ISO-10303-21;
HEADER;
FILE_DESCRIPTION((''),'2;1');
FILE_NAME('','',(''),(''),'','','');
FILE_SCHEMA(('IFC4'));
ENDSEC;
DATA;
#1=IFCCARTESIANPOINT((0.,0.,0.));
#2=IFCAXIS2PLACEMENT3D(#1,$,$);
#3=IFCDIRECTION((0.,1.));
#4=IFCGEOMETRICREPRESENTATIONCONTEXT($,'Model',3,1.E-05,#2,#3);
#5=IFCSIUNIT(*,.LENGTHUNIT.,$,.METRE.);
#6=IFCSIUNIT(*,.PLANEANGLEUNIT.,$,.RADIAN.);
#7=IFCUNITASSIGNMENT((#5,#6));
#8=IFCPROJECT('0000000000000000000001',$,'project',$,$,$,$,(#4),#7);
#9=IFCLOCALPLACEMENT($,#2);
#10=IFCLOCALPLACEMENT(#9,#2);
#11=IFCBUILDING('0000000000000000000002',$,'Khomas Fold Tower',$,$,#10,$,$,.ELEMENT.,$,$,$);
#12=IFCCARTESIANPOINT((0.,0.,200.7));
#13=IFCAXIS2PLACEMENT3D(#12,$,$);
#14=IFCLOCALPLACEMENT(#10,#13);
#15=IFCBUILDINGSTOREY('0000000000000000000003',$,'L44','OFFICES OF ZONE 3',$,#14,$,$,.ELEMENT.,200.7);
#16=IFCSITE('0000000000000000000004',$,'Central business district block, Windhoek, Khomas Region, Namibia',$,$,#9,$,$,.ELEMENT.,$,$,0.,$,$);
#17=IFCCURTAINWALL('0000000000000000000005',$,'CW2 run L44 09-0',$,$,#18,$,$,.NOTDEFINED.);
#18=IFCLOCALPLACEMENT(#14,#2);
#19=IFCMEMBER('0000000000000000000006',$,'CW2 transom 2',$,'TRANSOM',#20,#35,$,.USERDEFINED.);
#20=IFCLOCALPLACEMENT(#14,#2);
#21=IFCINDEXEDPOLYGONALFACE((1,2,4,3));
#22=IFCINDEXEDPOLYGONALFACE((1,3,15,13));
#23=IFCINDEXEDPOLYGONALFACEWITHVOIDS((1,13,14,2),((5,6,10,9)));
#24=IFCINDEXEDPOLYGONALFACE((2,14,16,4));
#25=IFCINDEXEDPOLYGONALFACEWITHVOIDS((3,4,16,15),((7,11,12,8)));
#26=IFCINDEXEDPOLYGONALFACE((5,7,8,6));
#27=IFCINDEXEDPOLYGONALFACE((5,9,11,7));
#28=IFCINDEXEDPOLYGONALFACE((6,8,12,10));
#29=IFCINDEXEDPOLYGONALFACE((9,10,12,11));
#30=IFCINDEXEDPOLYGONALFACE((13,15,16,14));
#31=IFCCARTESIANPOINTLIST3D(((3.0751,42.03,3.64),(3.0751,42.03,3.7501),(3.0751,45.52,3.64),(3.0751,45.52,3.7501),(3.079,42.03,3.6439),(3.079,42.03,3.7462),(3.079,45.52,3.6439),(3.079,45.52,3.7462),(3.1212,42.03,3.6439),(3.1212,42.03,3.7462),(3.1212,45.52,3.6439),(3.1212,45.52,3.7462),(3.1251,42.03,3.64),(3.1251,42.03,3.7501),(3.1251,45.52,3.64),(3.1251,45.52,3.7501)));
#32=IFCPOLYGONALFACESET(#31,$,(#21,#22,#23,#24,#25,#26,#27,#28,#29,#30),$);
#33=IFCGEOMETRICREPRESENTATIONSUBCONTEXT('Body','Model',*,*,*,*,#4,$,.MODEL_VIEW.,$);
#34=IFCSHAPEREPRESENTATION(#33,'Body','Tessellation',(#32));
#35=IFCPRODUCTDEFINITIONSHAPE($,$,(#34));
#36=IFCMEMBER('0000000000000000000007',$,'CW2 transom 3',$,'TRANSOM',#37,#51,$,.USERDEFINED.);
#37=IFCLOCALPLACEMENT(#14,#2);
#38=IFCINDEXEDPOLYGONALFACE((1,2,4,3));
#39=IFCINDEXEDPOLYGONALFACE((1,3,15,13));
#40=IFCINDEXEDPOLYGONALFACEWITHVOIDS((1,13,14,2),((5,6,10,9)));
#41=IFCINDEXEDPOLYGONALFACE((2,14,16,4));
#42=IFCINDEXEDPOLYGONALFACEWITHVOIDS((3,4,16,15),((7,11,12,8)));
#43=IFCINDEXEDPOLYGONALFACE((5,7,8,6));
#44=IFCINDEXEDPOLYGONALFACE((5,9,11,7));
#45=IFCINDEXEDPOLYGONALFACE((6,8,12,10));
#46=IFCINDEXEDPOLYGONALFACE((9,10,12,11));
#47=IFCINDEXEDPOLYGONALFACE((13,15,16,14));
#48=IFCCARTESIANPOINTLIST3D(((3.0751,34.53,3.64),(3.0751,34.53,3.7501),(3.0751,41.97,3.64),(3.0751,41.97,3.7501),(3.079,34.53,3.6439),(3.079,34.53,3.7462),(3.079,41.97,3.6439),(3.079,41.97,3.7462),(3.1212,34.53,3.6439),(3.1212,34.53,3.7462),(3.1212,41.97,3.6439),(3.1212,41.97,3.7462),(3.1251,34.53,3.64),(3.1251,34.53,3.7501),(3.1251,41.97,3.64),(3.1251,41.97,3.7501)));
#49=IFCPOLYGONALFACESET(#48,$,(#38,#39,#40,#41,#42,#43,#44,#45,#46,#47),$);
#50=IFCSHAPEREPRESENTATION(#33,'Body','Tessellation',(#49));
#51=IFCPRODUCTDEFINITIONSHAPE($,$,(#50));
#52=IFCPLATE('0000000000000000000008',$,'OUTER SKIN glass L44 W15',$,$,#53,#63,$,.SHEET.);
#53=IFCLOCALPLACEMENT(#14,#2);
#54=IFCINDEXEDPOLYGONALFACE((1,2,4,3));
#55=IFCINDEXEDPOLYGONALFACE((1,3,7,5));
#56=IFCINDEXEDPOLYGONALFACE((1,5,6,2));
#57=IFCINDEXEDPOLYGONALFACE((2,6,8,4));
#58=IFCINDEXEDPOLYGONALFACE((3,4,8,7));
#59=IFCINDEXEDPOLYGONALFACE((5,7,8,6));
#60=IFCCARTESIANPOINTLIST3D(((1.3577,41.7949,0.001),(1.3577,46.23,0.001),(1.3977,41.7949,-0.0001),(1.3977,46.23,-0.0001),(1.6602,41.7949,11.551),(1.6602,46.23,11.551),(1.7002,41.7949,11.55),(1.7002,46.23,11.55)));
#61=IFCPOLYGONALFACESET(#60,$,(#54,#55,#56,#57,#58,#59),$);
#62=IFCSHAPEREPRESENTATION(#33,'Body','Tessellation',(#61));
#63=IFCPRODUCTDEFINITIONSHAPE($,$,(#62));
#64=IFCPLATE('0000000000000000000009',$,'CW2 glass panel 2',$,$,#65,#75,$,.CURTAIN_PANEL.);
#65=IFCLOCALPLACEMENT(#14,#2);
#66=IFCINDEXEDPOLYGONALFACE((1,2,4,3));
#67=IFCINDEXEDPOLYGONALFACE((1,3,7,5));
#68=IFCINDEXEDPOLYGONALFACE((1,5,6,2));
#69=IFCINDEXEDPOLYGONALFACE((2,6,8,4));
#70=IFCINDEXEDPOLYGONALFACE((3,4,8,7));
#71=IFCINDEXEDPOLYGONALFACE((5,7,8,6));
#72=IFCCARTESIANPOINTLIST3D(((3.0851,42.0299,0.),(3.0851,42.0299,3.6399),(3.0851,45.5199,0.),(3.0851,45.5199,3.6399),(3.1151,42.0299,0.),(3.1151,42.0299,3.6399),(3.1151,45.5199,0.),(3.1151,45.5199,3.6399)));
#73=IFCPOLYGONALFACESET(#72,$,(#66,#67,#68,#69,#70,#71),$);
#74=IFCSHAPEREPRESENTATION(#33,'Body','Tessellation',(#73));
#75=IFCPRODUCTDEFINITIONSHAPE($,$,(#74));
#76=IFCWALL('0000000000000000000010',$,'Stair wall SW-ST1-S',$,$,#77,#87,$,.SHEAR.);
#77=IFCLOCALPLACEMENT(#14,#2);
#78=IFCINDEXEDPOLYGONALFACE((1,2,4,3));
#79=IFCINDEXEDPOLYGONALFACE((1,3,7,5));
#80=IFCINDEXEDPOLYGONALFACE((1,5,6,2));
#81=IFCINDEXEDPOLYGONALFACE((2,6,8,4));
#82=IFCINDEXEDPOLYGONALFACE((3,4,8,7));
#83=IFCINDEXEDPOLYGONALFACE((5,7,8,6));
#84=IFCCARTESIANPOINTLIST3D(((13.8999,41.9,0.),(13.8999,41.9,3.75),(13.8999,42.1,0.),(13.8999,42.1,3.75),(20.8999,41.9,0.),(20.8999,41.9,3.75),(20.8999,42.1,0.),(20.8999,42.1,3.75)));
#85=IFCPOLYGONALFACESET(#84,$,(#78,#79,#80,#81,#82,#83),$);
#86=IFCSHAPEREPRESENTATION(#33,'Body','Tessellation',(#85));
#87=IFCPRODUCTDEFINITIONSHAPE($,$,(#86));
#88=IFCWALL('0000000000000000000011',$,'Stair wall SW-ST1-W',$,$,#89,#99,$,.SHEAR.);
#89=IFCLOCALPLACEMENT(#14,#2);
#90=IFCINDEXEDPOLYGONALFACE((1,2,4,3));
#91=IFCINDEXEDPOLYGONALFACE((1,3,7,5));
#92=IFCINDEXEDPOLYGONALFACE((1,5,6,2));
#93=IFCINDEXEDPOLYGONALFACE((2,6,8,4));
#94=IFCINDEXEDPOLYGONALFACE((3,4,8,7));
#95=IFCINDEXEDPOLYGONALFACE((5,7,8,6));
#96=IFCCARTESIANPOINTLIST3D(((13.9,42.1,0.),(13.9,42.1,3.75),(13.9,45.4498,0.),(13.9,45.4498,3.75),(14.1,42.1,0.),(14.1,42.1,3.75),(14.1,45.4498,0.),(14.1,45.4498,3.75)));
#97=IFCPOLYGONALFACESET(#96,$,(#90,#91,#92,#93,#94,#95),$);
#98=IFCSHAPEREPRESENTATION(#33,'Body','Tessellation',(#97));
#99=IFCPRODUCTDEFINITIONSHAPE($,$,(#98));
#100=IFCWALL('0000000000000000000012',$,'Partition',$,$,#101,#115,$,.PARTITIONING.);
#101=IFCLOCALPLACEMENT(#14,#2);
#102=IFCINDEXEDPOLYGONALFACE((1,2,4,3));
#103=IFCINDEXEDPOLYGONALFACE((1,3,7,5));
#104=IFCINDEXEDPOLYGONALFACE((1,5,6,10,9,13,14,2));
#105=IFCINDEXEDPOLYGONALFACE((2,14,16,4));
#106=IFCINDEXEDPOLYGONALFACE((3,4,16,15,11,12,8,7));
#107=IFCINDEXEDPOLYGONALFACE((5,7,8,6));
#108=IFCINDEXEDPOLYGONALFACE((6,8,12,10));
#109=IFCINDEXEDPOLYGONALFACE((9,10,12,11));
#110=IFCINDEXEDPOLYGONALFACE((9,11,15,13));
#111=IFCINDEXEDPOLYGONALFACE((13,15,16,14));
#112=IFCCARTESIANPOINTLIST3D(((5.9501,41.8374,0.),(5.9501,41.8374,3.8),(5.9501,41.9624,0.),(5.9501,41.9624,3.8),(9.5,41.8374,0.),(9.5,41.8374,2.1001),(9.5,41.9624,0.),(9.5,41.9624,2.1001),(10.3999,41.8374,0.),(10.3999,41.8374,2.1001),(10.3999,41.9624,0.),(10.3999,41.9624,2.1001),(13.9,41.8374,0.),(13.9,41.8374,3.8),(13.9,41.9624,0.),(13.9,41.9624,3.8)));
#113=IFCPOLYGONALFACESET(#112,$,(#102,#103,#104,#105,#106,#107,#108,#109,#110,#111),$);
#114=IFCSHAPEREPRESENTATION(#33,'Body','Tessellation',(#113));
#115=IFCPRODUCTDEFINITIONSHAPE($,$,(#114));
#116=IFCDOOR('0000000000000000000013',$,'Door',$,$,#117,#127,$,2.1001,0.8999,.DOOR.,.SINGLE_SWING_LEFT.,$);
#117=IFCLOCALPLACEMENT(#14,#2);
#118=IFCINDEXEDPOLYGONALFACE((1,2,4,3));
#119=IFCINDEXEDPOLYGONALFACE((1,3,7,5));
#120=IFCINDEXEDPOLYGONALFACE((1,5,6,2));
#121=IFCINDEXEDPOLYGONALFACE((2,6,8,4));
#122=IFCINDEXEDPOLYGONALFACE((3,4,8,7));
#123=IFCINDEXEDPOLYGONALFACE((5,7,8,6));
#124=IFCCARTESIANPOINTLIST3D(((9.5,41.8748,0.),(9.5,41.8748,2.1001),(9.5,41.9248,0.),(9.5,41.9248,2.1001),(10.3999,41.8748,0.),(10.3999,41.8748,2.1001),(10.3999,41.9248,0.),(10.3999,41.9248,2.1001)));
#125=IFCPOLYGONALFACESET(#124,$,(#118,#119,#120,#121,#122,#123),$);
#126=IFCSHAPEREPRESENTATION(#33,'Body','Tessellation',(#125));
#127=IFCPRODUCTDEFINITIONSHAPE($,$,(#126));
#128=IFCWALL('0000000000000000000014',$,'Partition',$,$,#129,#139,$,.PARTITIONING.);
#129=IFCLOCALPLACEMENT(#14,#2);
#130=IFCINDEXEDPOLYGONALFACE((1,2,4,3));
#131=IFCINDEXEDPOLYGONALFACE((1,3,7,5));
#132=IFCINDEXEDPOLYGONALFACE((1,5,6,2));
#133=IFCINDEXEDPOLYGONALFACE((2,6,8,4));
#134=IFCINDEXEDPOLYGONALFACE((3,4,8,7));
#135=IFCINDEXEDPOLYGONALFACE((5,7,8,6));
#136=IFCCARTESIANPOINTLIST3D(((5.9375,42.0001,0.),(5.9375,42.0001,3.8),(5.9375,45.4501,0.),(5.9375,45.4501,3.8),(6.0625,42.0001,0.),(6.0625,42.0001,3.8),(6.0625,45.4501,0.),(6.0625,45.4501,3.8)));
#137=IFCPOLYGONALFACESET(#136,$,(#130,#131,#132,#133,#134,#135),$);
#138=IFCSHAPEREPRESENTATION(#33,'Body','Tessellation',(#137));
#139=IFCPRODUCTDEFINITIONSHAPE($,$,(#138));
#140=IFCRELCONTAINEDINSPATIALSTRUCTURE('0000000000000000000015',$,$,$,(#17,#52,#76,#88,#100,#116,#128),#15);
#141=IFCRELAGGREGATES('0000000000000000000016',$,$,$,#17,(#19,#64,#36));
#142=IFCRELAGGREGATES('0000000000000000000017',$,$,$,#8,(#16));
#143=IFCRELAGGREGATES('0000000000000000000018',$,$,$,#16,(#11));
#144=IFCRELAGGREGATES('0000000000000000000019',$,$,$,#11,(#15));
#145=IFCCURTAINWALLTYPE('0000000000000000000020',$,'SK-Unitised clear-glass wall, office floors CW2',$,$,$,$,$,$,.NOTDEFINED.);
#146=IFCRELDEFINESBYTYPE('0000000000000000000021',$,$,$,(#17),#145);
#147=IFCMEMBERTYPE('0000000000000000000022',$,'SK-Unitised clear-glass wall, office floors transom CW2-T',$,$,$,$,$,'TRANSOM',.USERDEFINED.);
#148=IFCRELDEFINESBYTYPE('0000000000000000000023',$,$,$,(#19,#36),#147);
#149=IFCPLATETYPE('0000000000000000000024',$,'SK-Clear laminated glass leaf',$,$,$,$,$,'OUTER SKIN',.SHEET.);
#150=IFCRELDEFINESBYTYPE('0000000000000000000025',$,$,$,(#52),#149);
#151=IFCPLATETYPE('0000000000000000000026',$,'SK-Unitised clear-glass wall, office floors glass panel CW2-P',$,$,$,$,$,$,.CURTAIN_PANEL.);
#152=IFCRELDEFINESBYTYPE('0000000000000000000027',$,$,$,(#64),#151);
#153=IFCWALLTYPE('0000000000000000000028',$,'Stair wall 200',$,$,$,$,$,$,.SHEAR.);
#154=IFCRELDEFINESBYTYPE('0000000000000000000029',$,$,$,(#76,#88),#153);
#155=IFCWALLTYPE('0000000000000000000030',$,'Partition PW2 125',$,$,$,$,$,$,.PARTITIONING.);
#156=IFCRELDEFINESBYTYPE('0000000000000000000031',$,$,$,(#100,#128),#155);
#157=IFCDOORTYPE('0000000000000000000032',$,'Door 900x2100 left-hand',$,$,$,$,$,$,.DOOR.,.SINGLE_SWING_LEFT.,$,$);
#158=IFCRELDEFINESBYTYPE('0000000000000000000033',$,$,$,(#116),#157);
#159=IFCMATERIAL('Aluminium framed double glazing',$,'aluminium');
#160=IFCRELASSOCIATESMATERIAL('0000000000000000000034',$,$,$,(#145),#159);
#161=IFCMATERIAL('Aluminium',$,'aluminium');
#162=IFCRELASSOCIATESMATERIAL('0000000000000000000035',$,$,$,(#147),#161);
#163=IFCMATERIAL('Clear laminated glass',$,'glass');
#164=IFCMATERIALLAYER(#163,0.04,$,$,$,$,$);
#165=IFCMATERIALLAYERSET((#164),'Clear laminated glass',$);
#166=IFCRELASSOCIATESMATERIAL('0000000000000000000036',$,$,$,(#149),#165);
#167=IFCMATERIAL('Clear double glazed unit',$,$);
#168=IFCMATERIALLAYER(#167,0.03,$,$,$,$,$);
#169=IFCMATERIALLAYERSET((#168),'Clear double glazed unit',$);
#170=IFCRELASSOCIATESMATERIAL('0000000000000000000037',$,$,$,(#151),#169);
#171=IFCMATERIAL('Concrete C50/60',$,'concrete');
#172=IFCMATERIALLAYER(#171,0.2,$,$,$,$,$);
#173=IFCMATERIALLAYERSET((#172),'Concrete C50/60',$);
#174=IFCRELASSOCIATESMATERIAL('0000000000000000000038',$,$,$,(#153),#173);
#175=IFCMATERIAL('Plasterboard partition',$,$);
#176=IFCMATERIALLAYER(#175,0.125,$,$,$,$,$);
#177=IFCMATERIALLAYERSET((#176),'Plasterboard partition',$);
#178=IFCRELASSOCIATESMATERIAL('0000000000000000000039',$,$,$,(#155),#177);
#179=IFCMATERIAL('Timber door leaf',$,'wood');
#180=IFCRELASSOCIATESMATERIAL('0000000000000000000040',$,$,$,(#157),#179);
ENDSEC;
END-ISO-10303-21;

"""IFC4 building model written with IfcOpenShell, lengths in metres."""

from ifc_helpers import new_model, si_unit, direction, frame, frame_2d, origin, origin_2d, place, context, subcontext, project, spatial, polyline, rectangle, hollow_rectangle, outline, extrude, source, transform, mapped, material, layer, layer_set, material_profile, profile_set, type_object, element, fill, aggregate, save


model = new_model("IFC4")

# Units and contexts
model_context = context("Model", 3, precision=1e-05, world=origin(), true_north=direction((0.0, 1.0)))
body_context = subcontext(model_context, "Body", "Model", "MODEL_VIEW")
ifc_project = project(units=[si_unit("LENGTHUNIT", "METRE"), si_unit("PLANEANGLEUNIT", "RADIAN")], contexts=[model_context])

# Site, building, storey
site_placement = place(None, origin())
site = spatial("IfcSite", under=ifc_project, at=site_placement, Name="Central business district block, Windhoek, Khomas Region, Namibia", CompositionType="ELEMENT", RefElevation=0.0)
building_placement = place(site_placement, origin())
building = spatial("IfcBuilding", under=site, at=building_placement, Name="Khomas Fold Tower", CompositionType="ELEMENT")
storey_placement = place(building_placement, frame((0.0, 0.0, 200.7)))
storey = spatial("IfcBuildingStorey", under=building, at=storey_placement, Name="L44", Description="OFFICES OF ZONE 3", CompositionType="ELEMENT", Elevation=200.7)

# Curtain wall, members
ifc_material_1 = material(Name="Aluminium framed double glazing", Category="aluminium")
curtain_wall_type = type_object("IfcCurtainWallType", Name="SK-Unitised clear-glass wall, office floors CW2", PredefinedType="NOTDEFINED", material=ifc_material_1)
curtain_wall_placement = place(storey_placement, origin())
curtain_wall = element("IfcCurtainWall", 1, at=curtain_wall_placement, inside=storey, type_object=curtain_wall_type, Name="CW2 run L44 09-0", PredefinedType="NOTDEFINED")
ifc_material_2 = material(Name="Aluminium", Category="aluminium")
ifc_material_profile_1 = material_profile(ifc_material_2, hollow_rectangle(XDim=0.05, YDim=0.1101, WallThickness=0.0039, at=origin_2d()), Name="SK-Unitised clear-glass wall, office floors transom CW2-T")
ifc_profile_set_1 = profile_set([ifc_material_profile_1], Name="Aluminium")
member_type_1 = type_object("IfcMemberType", Name="SK-Unitised clear-glass wall, office floors transom CW2-T", ElementType="TRANSOM", PredefinedType="USERDEFINED", material=ifc_profile_set_1)
shared_shape_1 = source(origin(), body_context, "Body", "SweptSolid", [
    extrude(hollow_rectangle(XDim=0.05, YDim=0.1101, WallThickness=0.0039, at=origin_2d()), origin(), (0.0, 0.0, 1.0), 3.49),
])
member_1_placement = place(storey_placement, frame((3.1001, 45.52, 3.6951), z_axis=(0.0, -1.0, 0.0), x_axis=(1.0, 0.0, 0.0)))
member_1 = element("IfcMember", 2, at=member_1_placement, type_object=member_type_1, Name="CW2 transom 2", ObjectType="TRANSOM", PredefinedType="USERDEFINED", context=body_context, shape_type="MappedRepresentation", body=[
    mapped(shared_shape_1, transform((0.0, 0.0, 0.0))),
])
shared_shape_2 = source(origin(), body_context, "Body", "SweptSolid", [
    extrude(hollow_rectangle(XDim=0.05, YDim=0.1101, WallThickness=0.0039, at=origin_2d()), origin(), (0.0, 0.0, 1.0), 7.4399),
])
member_2_placement = place(storey_placement, frame((3.1001, 41.97, 3.6951), z_axis=(0.0, -1.0, 0.0), x_axis=(1.0, 0.0, 0.0)))
member_2 = element("IfcMember", 3, at=member_2_placement, type_object=member_type_1, Name="CW2 transom 3", ObjectType="TRANSOM", PredefinedType="USERDEFINED", context=body_context, shape_type="MappedRepresentation", body=[
    mapped(shared_shape_2, transform((0.0, 0.0, 0.0))),
])

# Plates
ifc_material_3 = material(Name="Clear laminated glass", Category="glass")
ifc_layer_1 = layer(ifc_material_3, 0.04)
ifc_layer_set_1 = layer_set([ifc_layer_1], Name="Clear laminated glass")
plate_type_1 = type_object("IfcPlateType", Name="SK-Clear laminated glass leaf", ElementType="OUTER SKIN", PredefinedType="SHEET", material=ifc_layer_set_1)
plate_1_placement = place(storey_placement, frame((1.3577, 41.7949, 0.001), z_axis=(-0.999657, 0.0, 0.026181), x_axis=(0.0, 1.0, 0.0)))
element("IfcPlate", 4, at=plate_1_placement, inside=storey, type_object=plate_type_1, Name="OUTER SKIN glass L44 W15", PredefinedType="SHEET", context=body_context, shape_type="SweptSolid", body=[
    extrude(outline(polyline([(0.0, 0.0), (4.4351, 0.0), (4.4351, -11.554), (0.0, -11.554), (0.0, 0.0)])), origin(), (0.0, 0.0, -1.0), 0.04),
])
ifc_material_4 = material(Name="Clear double glazed unit")
ifc_layer_2 = layer(ifc_material_4, 0.03)
ifc_layer_set_2 = layer_set([ifc_layer_2], Name="Clear double glazed unit")
plate_type_2 = type_object("IfcPlateType", Name="SK-Unitised clear-glass wall, office floors glass panel CW2-P", PredefinedType="CURTAIN_PANEL", material=ifc_layer_set_2)
shared_shape_3 = source(origin(), body_context, "Body", "SweptSolid", [
    extrude(rectangle(XDim=3.49, YDim=0.03, at=origin_2d()), origin(), (0.0, 0.0, 1.0), 3.6399),
])
plate_2_placement = place(storey_placement, frame((3.1001, 43.7749, 0.0), z_axis=(0.0, 0.0, 1.0), x_axis=(0.0, -1.0, 0.0)))
plate_2 = element("IfcPlate", 5, at=plate_2_placement, type_object=plate_type_2, Name="CW2 glass panel 2", PredefinedType="CURTAIN_PANEL", context=body_context, shape_type="MappedRepresentation", body=[
    mapped(shared_shape_3, transform((0.0, 0.0, 0.0))),
])
aggregate(curtain_wall, [member_1, plate_2, member_2])

# Walls
ifc_material_5 = material(Name="Concrete C50/60", Category="concrete")
ifc_layer_3 = layer(ifc_material_5, 0.2)
ifc_layer_set_3 = layer_set([ifc_layer_3], Name="Concrete C50/60")
wall_type_1 = type_object("IfcWallType", Name="Stair wall 200", PredefinedType="SHEAR", material=ifc_layer_set_3)
shared_shape_4 = source(origin(), body_context, "Body", "SweptSolid", [
    extrude(rectangle(XDim=7.0, YDim=0.2, at=frame_2d((3.5, 0.0))), origin(), (0.0, 0.0, 1.0), 3.75),
])
wall_1_placement = place(storey_placement, frame((13.8999, 42.0, 0.0), z_axis=(0.0, 0.0, 1.0), x_axis=(1.0, 0.0, 0.0)))
element("IfcWall", 6, at=wall_1_placement, inside=storey, type_object=wall_type_1, Name="Stair wall SW-ST1-S", PredefinedType="SHEAR", context=body_context, shape_type="MappedRepresentation", body=[
    mapped(shared_shape_4, transform((0.0, 0.0, 0.0))),
])
shared_shape_5 = source(origin(), body_context, "Body", "SweptSolid", [
    extrude(rectangle(XDim=3.3499, YDim=0.2, at=frame_2d((1.6748, 0.0))), origin(), (0.0, 0.0, 1.0), 3.75),
])
wall_2_placement = place(storey_placement, frame((14.0, 42.1001, 0.0), z_axis=(0.0, 0.0, 1.0), x_axis=(0.0, 1.0, 0.0)))
element("IfcWall", 7, at=wall_2_placement, inside=storey, type_object=wall_type_1, Name="Stair wall SW-ST1-W", PredefinedType="SHEAR", context=body_context, shape_type="MappedRepresentation", body=[
    mapped(shared_shape_5, transform((0.0, 0.0, 0.0))),
])

# Wall, opening, door
ifc_material_6 = material(Name="Plasterboard partition")
ifc_layer_4 = layer(ifc_material_6, 0.125)
ifc_layer_set_4 = layer_set([ifc_layer_4], Name="Plasterboard partition")
wall_type_2 = type_object("IfcWallType", Name="Partition PW2 125", PredefinedType="PARTITIONING", material=ifc_layer_set_4)
shared_shape_6 = source(origin(), body_context, "Body", "SweptSolid", [
    extrude(rectangle(XDim=7.95, YDim=0.125, at=frame_2d((3.9751, 0.0))), origin(), (0.0, 0.0, 1.0), 3.8),
])
wall_3_placement = place(storey_placement, frame((5.95, 41.8999, 0.0), z_axis=(0.0, 0.0, 1.0), x_axis=(1.0, 0.0, 0.0)))
wall_3 = element("IfcWall", 8, at=wall_3_placement, inside=storey, type_object=wall_type_2, Name="Partition", PredefinedType="PARTITIONING", context=body_context, shape_type="MappedRepresentation", body=[
    mapped(shared_shape_6, transform((0.0, 0.0, 0.0))),
])
shared_shape_7 = source(origin(), body_context, "Body", "SweptSolid", [
    extrude(rectangle(XDim=0.8999, YDim=2.1001, at=frame_2d((0.45, 1.05))), frame((0.0, 0.0725, 0.0), z_axis=(0.0, -1.0, 0.0), x_axis=(1.0, 0.0, 0.0)), (0.0, 0.0, 1.0), 0.145),
])
opening_placement = place(wall_3_placement, frame((3.55, 0.0, 0.0)))
opening = element("IfcOpeningElement", 9, at=opening_placement, cuts=wall_3, PredefinedType="OPENING", context=body_context, shape_type="MappedRepresentation", body=[
    mapped(shared_shape_7, transform((0.0, 0.0, 0.0))),
])
ifc_material_7 = material(Name="Timber door leaf", Category="wood")
door_type = type_object("IfcDoorType", Name="Door 900x2100 left-hand", OperationType="SINGLE_SWING_LEFT", PredefinedType="DOOR", material=ifc_material_7)
shared_shape_8 = source(origin(), body_context, "Body", "SweptSolid", [
    extrude(rectangle(XDim=0.8999, YDim=2.1001, at=frame_2d((0.45, 1.05))), frame((0.0, 0.0249, 0.0), z_axis=(0.0, -1.0, 0.0), x_axis=(1.0, 0.0, 0.0)), (0.0, 0.0, 1.0), 0.05),
])
door_placement = place(opening_placement, origin())
door = element("IfcDoor", 10, at=door_placement, inside=storey, type_object=door_type, Name="Door", OperationType="SINGLE_SWING_LEFT", OverallHeight=2.1001, OverallWidth=0.8999, PredefinedType="DOOR", context=body_context, shape_type="MappedRepresentation", body=[
    mapped(shared_shape_8, transform((0.0, 0.0, 0.0))),
])
fill(opening, door)

# Wall
shared_shape_9 = source(origin(), body_context, "Body", "SweptSolid", [
    extrude(rectangle(XDim=3.45, YDim=0.125, at=frame_2d((1.7251, 0.0))), origin(), (0.0, 0.0, 1.0), 3.8),
])
wall_4_placement = place(storey_placement, frame((6.0, 42.0, 0.0), z_axis=(0.0, 0.0, 1.0), x_axis=(0.0, 1.0, 0.0)))
element("IfcWall", 11, at=wall_4_placement, inside=storey, type_object=wall_type_2, Name="Partition", PredefinedType="PARTITIONING", context=body_context, shape_type="MappedRepresentation", body=[
    mapped(shared_shape_9, transform((0.0, 0.0, 0.0))),
])

save(model, "model.ifc")
